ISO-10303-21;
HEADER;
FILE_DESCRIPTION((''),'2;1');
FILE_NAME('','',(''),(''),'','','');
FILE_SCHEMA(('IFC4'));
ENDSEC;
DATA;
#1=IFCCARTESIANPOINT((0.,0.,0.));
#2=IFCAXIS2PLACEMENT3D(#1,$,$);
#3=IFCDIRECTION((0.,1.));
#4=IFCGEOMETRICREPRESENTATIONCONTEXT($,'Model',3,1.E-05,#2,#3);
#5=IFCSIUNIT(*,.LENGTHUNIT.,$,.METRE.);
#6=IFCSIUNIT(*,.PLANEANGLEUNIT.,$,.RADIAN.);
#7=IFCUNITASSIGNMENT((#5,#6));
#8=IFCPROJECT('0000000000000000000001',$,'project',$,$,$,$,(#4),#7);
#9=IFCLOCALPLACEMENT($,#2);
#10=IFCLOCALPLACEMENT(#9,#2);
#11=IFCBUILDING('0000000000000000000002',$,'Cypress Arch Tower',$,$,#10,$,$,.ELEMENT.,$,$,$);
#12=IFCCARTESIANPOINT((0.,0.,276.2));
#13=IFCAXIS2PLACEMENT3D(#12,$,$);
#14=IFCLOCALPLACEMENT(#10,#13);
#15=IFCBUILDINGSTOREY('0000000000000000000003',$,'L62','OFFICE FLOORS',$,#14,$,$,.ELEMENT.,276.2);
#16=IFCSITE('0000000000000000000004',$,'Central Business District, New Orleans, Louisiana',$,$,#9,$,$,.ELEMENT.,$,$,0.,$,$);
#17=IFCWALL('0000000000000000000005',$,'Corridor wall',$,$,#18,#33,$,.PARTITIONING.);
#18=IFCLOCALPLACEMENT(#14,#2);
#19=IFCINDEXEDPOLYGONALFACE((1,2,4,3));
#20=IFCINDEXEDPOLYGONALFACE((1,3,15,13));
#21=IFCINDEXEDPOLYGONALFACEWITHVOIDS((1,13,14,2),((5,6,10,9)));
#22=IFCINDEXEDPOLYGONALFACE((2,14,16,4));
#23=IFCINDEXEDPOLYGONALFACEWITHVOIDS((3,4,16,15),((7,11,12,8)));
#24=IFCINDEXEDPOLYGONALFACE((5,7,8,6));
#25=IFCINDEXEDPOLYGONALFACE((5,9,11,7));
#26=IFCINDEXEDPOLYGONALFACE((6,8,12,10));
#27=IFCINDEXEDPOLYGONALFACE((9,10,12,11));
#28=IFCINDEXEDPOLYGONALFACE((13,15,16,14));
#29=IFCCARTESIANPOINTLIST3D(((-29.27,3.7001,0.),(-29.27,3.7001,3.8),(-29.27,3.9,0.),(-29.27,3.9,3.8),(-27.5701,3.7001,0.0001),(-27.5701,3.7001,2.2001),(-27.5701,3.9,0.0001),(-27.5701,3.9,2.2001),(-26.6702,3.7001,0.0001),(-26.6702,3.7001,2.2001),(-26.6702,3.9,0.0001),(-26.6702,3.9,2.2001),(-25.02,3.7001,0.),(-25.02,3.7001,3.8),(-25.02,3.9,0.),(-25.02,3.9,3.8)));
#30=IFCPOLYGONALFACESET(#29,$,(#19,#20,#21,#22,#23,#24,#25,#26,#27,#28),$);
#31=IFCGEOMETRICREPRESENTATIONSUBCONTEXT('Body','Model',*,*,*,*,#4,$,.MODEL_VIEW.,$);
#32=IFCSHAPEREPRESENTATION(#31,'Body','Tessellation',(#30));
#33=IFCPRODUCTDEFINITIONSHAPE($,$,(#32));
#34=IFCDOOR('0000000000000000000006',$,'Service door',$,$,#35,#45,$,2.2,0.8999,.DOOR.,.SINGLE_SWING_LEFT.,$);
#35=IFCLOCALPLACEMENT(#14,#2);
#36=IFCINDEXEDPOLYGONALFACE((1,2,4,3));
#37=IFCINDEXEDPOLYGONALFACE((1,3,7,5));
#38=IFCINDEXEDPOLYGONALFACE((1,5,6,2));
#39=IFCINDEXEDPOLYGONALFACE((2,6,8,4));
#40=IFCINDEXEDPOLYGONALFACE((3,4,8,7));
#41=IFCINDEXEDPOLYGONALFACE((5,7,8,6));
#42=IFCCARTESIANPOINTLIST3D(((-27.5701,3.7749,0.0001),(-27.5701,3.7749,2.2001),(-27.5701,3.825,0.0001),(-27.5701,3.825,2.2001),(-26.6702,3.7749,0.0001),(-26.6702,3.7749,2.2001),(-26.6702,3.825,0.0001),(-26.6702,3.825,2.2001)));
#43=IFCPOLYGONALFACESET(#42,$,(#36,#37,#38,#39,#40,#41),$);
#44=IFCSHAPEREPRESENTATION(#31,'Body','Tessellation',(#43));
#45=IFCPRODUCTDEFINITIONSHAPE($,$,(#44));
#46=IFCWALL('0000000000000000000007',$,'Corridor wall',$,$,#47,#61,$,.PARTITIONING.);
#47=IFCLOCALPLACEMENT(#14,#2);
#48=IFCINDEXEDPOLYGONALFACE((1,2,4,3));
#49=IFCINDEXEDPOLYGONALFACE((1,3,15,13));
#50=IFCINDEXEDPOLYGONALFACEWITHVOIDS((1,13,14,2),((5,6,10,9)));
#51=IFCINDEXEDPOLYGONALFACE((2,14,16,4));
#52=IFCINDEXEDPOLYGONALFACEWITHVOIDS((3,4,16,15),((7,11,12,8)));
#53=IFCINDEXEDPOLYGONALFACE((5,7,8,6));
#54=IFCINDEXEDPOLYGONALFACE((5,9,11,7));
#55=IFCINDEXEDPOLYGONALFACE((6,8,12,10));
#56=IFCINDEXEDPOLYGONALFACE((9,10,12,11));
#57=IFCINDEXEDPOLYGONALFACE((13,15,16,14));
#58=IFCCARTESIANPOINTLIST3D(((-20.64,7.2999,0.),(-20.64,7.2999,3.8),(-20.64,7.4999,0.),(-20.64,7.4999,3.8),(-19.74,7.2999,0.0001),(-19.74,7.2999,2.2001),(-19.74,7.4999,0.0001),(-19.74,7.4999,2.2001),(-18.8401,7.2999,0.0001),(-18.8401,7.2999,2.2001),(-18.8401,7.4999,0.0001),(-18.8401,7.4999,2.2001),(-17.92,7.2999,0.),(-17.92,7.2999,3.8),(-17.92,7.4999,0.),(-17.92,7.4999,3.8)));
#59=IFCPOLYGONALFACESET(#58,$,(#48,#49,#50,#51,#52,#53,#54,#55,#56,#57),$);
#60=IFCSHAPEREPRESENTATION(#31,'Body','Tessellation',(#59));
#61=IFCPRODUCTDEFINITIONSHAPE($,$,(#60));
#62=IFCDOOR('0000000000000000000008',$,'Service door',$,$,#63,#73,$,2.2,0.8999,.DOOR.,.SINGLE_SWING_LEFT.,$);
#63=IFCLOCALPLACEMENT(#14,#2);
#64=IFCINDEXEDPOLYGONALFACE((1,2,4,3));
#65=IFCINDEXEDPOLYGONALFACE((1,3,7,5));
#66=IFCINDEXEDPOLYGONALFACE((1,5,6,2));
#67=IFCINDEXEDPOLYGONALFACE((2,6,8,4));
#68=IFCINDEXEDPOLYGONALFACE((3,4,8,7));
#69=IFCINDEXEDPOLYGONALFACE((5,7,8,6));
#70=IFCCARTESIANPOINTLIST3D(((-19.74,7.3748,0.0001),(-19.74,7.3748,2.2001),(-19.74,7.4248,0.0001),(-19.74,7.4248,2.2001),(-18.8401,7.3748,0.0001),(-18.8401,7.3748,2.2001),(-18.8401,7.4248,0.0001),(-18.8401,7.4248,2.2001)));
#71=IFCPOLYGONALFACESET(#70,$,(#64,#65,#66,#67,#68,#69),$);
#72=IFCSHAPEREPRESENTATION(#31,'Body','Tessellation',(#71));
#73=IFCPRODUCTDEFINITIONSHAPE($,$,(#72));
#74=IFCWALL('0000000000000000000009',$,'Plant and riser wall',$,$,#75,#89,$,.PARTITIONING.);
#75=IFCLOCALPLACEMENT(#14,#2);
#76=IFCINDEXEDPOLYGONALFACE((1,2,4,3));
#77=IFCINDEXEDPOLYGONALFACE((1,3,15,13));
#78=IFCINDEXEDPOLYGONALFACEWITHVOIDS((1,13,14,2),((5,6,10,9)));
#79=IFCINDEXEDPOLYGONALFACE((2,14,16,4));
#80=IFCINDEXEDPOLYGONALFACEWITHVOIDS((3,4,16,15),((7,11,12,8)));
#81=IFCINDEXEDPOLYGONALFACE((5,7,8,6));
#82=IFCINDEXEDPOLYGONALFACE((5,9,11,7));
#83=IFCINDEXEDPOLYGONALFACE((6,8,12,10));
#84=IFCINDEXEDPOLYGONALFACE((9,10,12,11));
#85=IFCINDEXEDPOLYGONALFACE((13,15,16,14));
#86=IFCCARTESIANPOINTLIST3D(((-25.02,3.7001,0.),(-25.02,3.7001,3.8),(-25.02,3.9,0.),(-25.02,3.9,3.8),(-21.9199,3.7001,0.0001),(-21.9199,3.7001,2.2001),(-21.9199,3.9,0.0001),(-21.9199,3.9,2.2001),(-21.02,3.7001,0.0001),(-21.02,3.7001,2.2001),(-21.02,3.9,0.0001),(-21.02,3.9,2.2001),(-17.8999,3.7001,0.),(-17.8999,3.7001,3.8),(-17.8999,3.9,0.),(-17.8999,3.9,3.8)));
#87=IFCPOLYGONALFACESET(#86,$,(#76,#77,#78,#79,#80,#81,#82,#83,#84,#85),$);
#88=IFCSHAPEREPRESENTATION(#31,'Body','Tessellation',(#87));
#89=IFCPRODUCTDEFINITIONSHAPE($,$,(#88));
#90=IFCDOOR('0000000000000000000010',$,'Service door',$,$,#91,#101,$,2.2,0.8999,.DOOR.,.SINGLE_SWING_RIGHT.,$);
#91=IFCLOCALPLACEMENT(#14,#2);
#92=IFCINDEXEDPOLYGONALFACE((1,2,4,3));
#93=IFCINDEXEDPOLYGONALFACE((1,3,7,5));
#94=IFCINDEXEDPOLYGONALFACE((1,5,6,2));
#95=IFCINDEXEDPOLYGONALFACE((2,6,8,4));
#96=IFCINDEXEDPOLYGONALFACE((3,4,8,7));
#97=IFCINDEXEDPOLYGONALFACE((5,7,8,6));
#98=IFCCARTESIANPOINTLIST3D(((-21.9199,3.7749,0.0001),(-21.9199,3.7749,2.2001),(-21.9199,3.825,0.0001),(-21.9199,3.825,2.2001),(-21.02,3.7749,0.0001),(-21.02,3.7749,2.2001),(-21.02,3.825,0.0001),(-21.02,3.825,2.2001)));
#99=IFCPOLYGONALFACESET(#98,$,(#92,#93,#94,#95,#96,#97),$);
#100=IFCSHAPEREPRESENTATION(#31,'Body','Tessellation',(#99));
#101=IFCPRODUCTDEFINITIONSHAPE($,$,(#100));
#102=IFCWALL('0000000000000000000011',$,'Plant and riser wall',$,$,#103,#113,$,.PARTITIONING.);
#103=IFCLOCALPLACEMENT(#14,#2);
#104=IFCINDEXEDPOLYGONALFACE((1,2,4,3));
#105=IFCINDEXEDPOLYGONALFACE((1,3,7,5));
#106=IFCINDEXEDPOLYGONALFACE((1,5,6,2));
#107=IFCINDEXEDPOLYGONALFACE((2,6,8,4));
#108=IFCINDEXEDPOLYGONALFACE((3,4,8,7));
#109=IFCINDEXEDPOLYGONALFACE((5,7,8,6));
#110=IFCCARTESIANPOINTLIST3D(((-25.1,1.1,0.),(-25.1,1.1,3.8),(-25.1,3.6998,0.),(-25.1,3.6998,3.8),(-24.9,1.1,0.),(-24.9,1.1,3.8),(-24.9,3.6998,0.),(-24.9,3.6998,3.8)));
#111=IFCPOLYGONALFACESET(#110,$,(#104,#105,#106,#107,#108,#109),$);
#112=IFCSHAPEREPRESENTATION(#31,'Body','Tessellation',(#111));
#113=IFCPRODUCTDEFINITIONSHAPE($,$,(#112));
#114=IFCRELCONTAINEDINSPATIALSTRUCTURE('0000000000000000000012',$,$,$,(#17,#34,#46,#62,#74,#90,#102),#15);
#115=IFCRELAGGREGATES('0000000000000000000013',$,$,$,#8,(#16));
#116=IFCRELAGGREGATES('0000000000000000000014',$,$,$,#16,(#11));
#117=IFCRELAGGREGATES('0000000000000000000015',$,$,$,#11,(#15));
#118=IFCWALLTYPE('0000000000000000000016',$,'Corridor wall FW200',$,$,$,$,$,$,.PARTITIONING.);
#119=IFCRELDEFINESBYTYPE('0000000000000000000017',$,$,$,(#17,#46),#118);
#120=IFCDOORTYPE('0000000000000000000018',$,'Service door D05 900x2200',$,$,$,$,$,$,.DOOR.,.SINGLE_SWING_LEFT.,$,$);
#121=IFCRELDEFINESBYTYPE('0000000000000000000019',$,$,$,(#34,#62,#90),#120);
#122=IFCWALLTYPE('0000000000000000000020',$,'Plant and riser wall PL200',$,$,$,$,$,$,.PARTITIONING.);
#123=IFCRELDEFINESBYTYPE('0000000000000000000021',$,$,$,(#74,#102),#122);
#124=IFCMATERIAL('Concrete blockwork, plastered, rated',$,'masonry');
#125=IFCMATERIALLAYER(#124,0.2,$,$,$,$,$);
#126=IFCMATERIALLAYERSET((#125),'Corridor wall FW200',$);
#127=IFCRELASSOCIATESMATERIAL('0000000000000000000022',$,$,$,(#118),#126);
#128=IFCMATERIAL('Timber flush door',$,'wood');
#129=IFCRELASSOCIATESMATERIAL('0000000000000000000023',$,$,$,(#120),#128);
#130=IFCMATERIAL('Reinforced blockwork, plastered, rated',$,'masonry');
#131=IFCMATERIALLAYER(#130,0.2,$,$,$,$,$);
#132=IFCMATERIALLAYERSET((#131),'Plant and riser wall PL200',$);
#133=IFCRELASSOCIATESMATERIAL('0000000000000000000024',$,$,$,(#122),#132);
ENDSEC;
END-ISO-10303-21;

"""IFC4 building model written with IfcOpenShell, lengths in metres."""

from ifc_helpers import new_model, si_unit, direction, frame, frame_2d, origin, place, context, subcontext, project, spatial, rectangle, extrude, material, layer, layer_set, type_object, element, fill, save


model = new_model("IFC4")

# Units and contexts
model_context = context("Model", 3, precision=1e-05, world=origin(), true_north=direction((0.0, 1.0)))
body_context = subcontext(model_context, "Body", "Model", "MODEL_VIEW")
ifc_project = project(units=[si_unit("LENGTHUNIT", "METRE"), si_unit("PLANEANGLEUNIT", "RADIAN")], contexts=[model_context])

# Site, building, storey
site_placement = place(None, origin())
site = spatial("IfcSite", under=ifc_project, at=site_placement, Name="Central Business District, New Orleans, Louisiana", CompositionType="ELEMENT", RefElevation=0.0)
building_placement = place(site_placement, origin())
building = spatial("IfcBuilding", under=site, at=building_placement, Name="Cypress Arch Tower", CompositionType="ELEMENT")
storey_placement = place(building_placement, frame((0.0, 0.0, 276.2)))
storey = spatial("IfcBuildingStorey", under=building, at=storey_placement, Name="L62", Description="OFFICE FLOORS", CompositionType="ELEMENT", Elevation=276.2)

# Walls, openings, doors
ifc_material_1 = material(Name="Concrete blockwork, plastered, rated", Category="masonry")
ifc_layer_1 = layer(ifc_material_1, 0.2)
ifc_layer_set_1 = layer_set([ifc_layer_1], Name="Corridor wall FW200")
wall_type_1 = type_object("IfcWallType", Name="Corridor wall FW200", PredefinedType="PARTITIONING", material=ifc_layer_set_1)
wall_1_placement = place(storey_placement, frame((-29.27, 3.8, 0.0), z_axis=(0.0, 0.0, 1.0), x_axis=(1.0, 0.0, 0.0)))
wall_1 = element("IfcWall", 1, at=wall_1_placement, inside=storey, type_object=wall_type_1, Name="Corridor wall", PredefinedType="PARTITIONING", context=body_context, shape_type="SweptSolid", body=[
    extrude(rectangle(XDim=4.25, YDim=0.2, at=frame_2d((2.125, 0.0))), origin(), (0.0, 0.0, 1.0), 3.8),
])
opening_1_placement = place(wall_1_placement, frame((1.7, 0.0, 0.0)))
opening_1 = element("IfcOpeningElement", 2, at=opening_1_placement, cuts=wall_1, PredefinedType="OPENING", context=body_context, shape_type="SweptSolid", body=[
    extrude(rectangle(XDim=0.8999, YDim=2.2, at=frame_2d((0.45, 1.1001))), frame((0.0, 0.1099, 0.0), z_axis=(0.0, -1.0, 0.0), x_axis=(1.0, 0.0, 0.0)), (0.0, 0.0, 1.0), 0.22),
])
ifc_material_2 = material(Name="Timber flush door", Category="wood")
door_type_1 = type_object("IfcDoorType", Name="Service door D05 900x2200", OperationType="SINGLE_SWING_LEFT", PredefinedType="DOOR", material=ifc_material_2)
door_1_placement = place(opening_1_placement, origin())
door_1 = element("IfcDoor", 3, at=door_1_placement, inside=storey, type_object=door_type_1, Name="Service door", OperationType="SINGLE_SWING_LEFT", OverallHeight=2.2, OverallWidth=0.8999, PredefinedType="DOOR", context=body_context, shape_type="SweptSolid", body=[
    extrude(rectangle(XDim=0.8999, YDim=2.2, at=frame_2d((0.45, 1.1001))), frame((0.0, 0.0249, 0.0), z_axis=(0.0, -1.0, 0.0), x_axis=(1.0, 0.0, 0.0)), (0.0, 0.0, 1.0), 0.05),
])
fill(opening_1, door_1)
wall_2_placement = place(storey_placement, frame((-20.6399, 7.3999, 0.0), z_axis=(0.0, 0.0, 1.0), x_axis=(1.0, 0.0, 0.0)))
wall_2 = element("IfcWall", 4, at=wall_2_placement, inside=storey, type_object=wall_type_1, Name="Corridor wall", PredefinedType="PARTITIONING", context=body_context, shape_type="SweptSolid", body=[
    extrude(rectangle(XDim=2.72, YDim=0.2, at=frame_2d((1.3599, 0.0))), origin(), (0.0, 0.0, 1.0), 3.8),
])
opening_2_placement = place(wall_2_placement, frame((0.8999, 0.0, 0.0)))
opening_2 = element("IfcOpeningElement", 5, at=opening_2_placement, cuts=wall_2, PredefinedType="OPENING", context=body_context, shape_type="SweptSolid", body=[
    extrude(rectangle(XDim=0.8999, YDim=2.2, at=frame_2d((0.45, 1.1001))), frame((0.0, 0.1099, 0.0), z_axis=(0.0, -1.0, 0.0), x_axis=(1.0, 0.0, 0.0)), (0.0, 0.0, 1.0), 0.22),
])
door_2_placement = place(opening_2_placement, origin())
door_2 = element("IfcDoor", 6, at=door_2_placement, inside=storey, type_object=door_type_1, Name="Service door", OperationType="SINGLE_SWING_LEFT", OverallHeight=2.2, OverallWidth=0.8999, PredefinedType="DOOR", context=body_context, shape_type="SweptSolid", body=[
    extrude(rectangle(XDim=0.8999, YDim=2.2, at=frame_2d((0.45, 1.1001))), frame((0.0, 0.0249, 0.0), z_axis=(0.0, -1.0, 0.0), x_axis=(1.0, 0.0, 0.0)), (0.0, 0.0, 1.0), 0.05),
])
fill(opening_2, door_2)
ifc_material_3 = material(Name="Reinforced blockwork, plastered, rated", Category="masonry")
ifc_layer_2 = layer(ifc_material_3, 0.2)
ifc_layer_set_2 = layer_set([ifc_layer_2], Name="Plant and riser wall PL200")
wall_type_2 = type_object("IfcWallType", Name="Plant and riser wall PL200", PredefinedType="PARTITIONING", material=ifc_layer_set_2)
wall_3_placement = place(storey_placement, frame((-25.02, 3.8, 0.0), z_axis=(0.0, 0.0, 1.0), x_axis=(1.0, 0.0, 0.0)))
wall_3 = element("IfcWall", 7, at=wall_3_placement, inside=storey, type_object=wall_type_2, Name="Plant and riser wall", PredefinedType="PARTITIONING", context=body_context, shape_type="SweptSolid", body=[
    extrude(rectangle(XDim=7.1201, YDim=0.2, at=frame_2d((3.5601, 0.0))), origin(), (0.0, 0.0, 1.0), 3.8),
])
opening_3_placement = place(wall_3_placement, frame((3.1001, 0.0, 0.0)))
opening_3 = element("IfcOpeningElement", 8, at=opening_3_placement, cuts=wall_3, PredefinedType="OPENING", context=body_context, shape_type="SweptSolid", body=[
    extrude(rectangle(XDim=0.8999, YDim=2.2, at=frame_2d((0.45, 1.1001))), frame((0.0, 0.1099, 0.0), z_axis=(0.0, -1.0, 0.0), x_axis=(1.0, 0.0, 0.0)), (0.0, 0.0, 1.0), 0.22),
])
door_3_placement = place(opening_3_placement, origin())
door_3 = element("IfcDoor", 9, at=door_3_placement, inside=storey, type_object=door_type_1, Name="Service door", OperationType="SINGLE_SWING_RIGHT", OverallHeight=2.2, OverallWidth=0.8999, PredefinedType="DOOR", context=body_context, shape_type="SweptSolid", body=[
    extrude(rectangle(XDim=0.8999, YDim=2.2, at=frame_2d((0.45, 1.1001))), frame((0.0, 0.0249, 0.0), z_axis=(0.0, -1.0, 0.0), x_axis=(1.0, 0.0, 0.0)), (0.0, 0.0, 1.0), 0.05),
])
fill(opening_3, door_3)

# Wall
wall_4_placement = place(storey_placement, frame((-25.0, 1.1001, 0.0), z_axis=(0.0, 0.0, 1.0), x_axis=(0.0, 1.0, 0.0)))
element("IfcWall", 10, at=wall_4_placement, inside=storey, type_object=wall_type_2, Name="Plant and riser wall", PredefinedType="PARTITIONING", context=body_context, shape_type="SweptSolid", body=[
    extrude(rectangle(XDim=2.5999, YDim=0.2, at=frame_2d((1.2998, 0.0))), origin(), (0.0, 0.0, 1.0), 3.8),
])

save(model, "model.ifc")
